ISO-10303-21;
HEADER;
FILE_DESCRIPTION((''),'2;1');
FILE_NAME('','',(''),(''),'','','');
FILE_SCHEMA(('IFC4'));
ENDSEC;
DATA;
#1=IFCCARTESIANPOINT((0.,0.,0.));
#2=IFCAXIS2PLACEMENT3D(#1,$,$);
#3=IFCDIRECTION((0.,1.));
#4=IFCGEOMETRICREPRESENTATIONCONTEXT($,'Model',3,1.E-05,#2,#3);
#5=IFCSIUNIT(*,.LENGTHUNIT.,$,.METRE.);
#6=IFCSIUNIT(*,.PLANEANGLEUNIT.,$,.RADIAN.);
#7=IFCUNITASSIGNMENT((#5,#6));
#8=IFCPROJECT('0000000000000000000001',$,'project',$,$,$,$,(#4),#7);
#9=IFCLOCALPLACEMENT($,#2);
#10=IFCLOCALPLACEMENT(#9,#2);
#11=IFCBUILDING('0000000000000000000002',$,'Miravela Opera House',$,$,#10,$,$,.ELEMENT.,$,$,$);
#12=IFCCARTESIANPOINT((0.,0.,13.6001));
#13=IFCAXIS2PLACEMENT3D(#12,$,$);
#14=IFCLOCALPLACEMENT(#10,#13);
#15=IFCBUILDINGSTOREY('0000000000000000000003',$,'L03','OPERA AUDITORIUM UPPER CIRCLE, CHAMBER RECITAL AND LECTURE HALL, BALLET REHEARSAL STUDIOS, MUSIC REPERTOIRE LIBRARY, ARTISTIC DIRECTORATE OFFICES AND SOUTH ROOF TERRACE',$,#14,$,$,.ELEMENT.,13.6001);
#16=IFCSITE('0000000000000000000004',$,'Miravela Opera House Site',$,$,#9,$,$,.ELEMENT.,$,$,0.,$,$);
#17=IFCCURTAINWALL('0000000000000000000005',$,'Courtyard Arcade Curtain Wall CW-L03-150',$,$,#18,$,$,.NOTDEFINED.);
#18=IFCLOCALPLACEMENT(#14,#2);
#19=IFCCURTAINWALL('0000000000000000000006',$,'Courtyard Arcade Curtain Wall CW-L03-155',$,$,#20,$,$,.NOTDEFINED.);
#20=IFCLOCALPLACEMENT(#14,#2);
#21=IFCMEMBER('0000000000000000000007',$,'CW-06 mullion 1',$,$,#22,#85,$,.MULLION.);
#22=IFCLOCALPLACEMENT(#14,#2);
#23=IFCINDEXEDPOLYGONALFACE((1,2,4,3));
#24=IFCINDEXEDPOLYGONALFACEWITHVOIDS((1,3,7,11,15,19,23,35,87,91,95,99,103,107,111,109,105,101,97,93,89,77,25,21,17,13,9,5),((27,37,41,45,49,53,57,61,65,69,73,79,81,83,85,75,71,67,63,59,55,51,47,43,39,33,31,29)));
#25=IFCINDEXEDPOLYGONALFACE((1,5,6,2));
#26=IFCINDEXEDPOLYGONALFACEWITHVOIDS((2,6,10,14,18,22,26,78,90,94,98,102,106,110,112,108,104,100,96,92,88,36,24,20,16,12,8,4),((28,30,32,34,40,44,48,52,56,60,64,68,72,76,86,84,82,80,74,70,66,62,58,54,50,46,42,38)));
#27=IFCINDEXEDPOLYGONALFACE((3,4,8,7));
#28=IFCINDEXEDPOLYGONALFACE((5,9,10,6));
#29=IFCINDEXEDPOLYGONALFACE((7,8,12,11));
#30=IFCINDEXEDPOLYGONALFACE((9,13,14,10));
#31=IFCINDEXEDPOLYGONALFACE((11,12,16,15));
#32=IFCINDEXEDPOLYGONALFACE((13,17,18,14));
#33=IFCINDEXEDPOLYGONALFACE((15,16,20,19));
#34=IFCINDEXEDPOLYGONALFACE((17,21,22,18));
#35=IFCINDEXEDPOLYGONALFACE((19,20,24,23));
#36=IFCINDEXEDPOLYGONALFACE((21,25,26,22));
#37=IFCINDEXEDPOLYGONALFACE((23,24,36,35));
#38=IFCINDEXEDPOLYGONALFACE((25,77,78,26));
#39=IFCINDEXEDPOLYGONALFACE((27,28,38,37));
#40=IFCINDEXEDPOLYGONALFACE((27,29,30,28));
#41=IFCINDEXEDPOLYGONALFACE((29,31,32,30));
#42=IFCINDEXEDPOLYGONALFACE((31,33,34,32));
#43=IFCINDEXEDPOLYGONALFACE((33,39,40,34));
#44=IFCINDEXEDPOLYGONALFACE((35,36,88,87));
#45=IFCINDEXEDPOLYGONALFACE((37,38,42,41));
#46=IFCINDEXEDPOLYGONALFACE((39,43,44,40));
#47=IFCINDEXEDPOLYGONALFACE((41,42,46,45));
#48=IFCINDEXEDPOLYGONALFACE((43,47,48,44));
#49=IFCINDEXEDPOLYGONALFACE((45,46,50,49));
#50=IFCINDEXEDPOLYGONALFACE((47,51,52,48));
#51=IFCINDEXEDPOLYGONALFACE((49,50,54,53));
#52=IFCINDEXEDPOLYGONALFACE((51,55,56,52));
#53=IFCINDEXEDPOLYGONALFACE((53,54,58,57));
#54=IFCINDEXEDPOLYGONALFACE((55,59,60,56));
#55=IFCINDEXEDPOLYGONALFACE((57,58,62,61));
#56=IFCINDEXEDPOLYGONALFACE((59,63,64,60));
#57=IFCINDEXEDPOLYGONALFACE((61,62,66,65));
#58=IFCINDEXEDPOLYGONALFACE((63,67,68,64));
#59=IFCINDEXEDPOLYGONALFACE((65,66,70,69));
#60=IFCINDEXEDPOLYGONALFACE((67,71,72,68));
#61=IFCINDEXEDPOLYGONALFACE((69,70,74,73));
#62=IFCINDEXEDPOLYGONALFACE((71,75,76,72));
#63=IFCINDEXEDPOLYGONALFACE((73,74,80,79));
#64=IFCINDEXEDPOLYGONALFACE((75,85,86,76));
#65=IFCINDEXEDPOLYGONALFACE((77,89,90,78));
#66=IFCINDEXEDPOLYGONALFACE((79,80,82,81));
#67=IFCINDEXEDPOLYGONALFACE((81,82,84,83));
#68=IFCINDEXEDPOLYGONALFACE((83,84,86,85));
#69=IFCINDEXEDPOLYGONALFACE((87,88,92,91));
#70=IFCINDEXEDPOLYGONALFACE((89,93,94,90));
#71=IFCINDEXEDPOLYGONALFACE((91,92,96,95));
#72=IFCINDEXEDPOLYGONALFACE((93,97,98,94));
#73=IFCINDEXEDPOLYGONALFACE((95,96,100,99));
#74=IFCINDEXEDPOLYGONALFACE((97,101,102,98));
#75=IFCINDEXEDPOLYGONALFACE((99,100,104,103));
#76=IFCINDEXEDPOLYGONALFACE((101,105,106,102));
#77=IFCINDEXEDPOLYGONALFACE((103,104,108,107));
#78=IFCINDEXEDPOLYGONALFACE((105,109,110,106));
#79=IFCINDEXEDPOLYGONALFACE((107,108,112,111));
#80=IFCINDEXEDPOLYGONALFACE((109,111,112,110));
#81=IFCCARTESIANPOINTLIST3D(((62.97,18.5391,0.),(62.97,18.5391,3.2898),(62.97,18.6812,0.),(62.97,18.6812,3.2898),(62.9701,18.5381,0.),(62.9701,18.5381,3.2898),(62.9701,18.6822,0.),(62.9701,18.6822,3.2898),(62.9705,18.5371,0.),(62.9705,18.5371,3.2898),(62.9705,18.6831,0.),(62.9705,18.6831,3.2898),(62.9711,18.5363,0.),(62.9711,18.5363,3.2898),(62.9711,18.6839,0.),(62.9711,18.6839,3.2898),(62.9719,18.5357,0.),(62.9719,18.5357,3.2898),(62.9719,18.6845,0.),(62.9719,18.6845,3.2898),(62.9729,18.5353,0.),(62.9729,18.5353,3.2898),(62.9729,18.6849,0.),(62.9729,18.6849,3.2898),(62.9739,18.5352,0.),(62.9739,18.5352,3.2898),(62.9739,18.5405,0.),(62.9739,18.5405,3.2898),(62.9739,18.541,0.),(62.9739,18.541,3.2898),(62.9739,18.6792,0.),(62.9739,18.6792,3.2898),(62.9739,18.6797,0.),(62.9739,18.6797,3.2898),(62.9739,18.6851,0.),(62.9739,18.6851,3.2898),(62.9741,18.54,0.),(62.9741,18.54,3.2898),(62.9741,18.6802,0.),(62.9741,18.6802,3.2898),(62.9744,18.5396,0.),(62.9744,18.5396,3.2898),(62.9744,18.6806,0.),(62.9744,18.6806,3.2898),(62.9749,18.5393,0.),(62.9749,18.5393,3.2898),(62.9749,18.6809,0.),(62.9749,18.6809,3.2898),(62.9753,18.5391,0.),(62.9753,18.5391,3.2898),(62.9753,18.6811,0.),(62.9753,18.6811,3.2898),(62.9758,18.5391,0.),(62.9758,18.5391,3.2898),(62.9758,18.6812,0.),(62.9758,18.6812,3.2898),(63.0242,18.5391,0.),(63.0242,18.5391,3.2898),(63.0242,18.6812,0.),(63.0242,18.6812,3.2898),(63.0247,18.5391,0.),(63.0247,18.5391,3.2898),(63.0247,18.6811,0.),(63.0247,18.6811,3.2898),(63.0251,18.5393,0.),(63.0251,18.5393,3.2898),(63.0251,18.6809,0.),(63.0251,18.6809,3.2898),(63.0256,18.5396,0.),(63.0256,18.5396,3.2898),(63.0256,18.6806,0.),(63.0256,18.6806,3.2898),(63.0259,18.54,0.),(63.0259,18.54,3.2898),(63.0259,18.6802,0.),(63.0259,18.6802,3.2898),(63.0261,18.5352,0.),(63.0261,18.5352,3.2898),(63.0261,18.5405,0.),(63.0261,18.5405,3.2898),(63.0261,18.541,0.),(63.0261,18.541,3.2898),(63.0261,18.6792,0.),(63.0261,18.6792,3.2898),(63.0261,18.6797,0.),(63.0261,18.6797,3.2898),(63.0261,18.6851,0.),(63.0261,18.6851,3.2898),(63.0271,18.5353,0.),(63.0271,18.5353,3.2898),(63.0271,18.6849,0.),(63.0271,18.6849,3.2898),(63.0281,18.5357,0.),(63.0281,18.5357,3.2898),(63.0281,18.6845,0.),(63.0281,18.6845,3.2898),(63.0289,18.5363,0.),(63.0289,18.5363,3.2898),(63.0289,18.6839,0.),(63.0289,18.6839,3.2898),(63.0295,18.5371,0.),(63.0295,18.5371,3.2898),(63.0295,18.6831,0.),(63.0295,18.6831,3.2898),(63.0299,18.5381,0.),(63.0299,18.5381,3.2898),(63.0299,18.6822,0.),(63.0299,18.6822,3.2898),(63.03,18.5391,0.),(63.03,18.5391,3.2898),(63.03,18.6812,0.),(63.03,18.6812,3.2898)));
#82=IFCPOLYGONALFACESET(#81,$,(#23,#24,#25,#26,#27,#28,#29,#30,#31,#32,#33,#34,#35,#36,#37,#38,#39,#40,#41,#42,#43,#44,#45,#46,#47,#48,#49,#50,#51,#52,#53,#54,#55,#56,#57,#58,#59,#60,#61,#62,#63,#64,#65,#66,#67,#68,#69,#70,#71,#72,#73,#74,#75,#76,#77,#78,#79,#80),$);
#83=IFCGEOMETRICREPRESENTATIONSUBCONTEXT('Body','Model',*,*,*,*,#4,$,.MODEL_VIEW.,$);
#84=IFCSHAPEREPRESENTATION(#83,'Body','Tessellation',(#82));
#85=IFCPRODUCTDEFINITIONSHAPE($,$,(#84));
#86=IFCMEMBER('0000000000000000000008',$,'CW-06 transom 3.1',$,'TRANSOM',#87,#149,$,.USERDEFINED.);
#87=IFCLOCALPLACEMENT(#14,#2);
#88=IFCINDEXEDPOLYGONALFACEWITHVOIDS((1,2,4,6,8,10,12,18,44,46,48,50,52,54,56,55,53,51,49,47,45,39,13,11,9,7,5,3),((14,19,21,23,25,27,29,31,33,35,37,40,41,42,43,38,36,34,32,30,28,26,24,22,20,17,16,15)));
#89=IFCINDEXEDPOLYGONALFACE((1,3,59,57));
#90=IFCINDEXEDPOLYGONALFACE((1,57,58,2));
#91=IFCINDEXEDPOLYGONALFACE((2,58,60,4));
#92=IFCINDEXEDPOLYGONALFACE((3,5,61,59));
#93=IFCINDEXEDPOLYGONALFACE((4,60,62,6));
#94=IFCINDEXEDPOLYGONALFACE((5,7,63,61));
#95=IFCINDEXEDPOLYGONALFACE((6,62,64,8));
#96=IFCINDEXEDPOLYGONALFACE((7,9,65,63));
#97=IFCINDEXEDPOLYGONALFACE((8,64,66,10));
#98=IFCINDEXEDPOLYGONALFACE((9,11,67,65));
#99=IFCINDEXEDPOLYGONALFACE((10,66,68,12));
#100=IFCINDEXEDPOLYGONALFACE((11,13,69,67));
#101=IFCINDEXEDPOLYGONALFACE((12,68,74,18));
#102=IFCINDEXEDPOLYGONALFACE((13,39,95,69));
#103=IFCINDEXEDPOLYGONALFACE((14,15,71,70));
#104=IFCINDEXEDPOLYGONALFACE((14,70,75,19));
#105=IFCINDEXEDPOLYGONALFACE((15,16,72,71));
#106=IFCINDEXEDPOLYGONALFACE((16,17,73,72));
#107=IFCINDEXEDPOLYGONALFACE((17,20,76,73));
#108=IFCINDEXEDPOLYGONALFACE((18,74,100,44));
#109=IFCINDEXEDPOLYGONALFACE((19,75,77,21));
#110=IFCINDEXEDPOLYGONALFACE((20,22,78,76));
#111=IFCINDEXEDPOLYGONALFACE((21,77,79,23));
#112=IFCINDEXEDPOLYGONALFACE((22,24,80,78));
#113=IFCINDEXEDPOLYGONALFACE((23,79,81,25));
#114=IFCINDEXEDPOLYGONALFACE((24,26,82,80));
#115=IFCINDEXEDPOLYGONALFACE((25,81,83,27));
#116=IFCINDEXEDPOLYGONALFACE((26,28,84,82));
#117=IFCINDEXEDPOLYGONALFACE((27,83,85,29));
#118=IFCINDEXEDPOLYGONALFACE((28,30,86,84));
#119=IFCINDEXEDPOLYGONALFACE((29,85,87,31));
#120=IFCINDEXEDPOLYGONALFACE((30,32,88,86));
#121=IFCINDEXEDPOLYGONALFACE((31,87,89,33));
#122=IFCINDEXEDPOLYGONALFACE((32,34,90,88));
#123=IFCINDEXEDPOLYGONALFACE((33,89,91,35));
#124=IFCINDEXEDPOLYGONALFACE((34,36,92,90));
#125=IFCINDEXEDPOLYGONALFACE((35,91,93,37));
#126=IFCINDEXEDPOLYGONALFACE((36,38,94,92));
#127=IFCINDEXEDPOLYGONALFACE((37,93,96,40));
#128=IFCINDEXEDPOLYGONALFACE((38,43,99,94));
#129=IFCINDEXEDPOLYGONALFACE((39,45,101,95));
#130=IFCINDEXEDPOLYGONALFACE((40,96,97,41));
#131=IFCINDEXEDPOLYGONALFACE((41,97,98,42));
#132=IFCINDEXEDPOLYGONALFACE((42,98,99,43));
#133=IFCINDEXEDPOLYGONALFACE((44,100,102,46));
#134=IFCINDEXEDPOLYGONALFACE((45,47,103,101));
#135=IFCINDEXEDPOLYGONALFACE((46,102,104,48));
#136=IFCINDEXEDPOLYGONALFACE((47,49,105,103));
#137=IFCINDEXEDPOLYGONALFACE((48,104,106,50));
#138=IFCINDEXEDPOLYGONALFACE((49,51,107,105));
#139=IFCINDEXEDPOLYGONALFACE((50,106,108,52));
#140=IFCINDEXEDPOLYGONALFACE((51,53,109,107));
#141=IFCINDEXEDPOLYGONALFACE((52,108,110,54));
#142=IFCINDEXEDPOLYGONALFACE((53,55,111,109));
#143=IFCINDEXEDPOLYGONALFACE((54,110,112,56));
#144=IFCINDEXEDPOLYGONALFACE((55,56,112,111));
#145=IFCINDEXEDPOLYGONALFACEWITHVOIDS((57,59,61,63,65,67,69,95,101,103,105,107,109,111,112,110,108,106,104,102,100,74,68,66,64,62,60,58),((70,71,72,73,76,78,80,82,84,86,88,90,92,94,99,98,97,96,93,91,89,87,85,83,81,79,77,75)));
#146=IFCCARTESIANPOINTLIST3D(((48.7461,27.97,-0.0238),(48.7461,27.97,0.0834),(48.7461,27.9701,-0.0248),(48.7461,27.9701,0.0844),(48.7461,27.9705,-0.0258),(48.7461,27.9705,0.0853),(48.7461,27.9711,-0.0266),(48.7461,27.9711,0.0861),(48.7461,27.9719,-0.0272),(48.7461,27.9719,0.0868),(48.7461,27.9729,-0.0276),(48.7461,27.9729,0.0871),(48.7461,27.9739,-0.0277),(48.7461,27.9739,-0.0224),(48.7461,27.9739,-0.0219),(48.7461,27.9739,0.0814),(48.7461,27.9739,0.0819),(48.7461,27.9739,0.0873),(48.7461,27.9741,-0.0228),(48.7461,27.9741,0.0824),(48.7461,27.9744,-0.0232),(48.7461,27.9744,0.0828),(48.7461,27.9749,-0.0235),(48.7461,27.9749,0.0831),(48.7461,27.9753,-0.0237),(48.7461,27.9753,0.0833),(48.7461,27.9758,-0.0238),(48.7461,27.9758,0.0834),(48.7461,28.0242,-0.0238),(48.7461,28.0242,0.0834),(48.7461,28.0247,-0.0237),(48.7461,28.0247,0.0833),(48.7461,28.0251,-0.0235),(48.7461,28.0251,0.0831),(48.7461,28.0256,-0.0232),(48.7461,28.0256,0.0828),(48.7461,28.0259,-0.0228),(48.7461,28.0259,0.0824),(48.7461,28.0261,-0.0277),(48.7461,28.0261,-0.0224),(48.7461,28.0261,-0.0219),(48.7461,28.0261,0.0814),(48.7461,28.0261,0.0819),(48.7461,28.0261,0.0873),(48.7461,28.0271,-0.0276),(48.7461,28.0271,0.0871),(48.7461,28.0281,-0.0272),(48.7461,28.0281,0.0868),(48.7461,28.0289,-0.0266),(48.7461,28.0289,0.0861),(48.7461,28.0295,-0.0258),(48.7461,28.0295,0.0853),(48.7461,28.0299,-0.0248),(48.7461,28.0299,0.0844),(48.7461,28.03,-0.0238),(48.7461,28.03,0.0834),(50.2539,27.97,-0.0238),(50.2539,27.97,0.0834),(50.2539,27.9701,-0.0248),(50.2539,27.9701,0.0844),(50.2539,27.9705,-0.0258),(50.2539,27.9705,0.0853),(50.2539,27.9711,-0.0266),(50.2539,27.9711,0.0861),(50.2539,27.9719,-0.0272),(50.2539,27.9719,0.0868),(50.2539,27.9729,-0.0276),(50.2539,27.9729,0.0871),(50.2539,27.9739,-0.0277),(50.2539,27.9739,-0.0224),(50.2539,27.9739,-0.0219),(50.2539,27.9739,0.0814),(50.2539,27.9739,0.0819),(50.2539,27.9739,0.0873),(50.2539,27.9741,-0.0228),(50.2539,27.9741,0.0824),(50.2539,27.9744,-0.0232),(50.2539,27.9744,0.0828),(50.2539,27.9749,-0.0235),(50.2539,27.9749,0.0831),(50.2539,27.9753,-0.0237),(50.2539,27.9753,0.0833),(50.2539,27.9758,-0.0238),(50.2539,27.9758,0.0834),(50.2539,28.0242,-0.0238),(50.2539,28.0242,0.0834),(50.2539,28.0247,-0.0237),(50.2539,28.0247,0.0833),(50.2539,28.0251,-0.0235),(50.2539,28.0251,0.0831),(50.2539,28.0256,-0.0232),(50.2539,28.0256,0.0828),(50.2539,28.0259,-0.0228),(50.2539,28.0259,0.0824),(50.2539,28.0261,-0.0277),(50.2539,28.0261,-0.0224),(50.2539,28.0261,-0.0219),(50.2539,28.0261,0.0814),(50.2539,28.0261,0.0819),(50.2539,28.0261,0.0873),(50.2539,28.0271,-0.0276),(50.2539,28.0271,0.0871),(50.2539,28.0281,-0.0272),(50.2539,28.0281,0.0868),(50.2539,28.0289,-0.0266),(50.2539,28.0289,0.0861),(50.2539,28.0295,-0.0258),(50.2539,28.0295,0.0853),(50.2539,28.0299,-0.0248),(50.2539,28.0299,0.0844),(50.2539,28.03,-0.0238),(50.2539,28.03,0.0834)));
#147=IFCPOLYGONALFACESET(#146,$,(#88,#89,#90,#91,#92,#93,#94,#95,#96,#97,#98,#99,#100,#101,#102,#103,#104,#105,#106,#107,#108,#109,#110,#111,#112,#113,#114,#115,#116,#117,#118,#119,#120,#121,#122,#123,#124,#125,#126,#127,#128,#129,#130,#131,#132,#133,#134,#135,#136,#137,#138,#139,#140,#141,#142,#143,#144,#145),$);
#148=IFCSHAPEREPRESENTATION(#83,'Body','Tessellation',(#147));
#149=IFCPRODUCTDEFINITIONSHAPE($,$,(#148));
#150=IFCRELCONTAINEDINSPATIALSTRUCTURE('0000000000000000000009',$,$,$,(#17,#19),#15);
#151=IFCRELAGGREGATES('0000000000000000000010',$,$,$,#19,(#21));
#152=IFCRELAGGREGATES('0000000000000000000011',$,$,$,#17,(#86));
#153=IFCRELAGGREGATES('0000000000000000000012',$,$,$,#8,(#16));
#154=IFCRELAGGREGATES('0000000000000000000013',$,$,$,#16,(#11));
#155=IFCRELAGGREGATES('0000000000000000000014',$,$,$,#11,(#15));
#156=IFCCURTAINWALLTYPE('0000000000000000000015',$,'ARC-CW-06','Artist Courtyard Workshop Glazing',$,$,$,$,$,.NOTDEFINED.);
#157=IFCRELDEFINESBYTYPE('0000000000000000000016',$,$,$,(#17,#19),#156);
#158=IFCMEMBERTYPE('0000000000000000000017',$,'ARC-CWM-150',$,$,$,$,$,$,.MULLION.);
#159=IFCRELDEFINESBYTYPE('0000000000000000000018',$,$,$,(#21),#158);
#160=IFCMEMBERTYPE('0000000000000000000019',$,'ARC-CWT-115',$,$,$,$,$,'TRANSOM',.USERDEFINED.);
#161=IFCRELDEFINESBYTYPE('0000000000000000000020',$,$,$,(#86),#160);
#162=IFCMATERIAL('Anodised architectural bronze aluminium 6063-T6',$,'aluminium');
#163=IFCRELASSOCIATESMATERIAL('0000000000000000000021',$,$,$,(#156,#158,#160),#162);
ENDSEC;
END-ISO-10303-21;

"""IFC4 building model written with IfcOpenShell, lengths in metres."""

from ifc_helpers import new_model, si_unit, direction, frame, origin, origin_2d, place, context, subcontext, project, spatial, hollow_rectangle, extrude, material, material_profile, profile_set, type_object, element, aggregate, save


model = new_model("IFC4")

# Units and contexts
model_context = context("Model", 3, precision=1e-05, world=origin(), true_north=direction((0.0, 1.0)))
body_context = subcontext(model_context, "Body", "Model", "MODEL_VIEW")
ifc_project = project(units=[si_unit("LENGTHUNIT", "METRE"), si_unit("PLANEANGLEUNIT", "RADIAN")], contexts=[model_context])

# Site, building, storey
site_placement = place(None, origin())
site = spatial("IfcSite", under=ifc_project, at=site_placement, Name="Miravela Opera House Site", CompositionType="ELEMENT", RefElevation=0.0)
building_placement = place(site_placement, origin())
building = spatial("IfcBuilding", under=site, at=building_placement, Name="Miravela Opera House", CompositionType="ELEMENT")
storey_placement = place(building_placement, frame((0.0, 0.0, 13.6001)))
storey = spatial("IfcBuildingStorey", under=building, at=storey_placement, Name="L03", Description="OPERA AUDITORIUM UPPER CIRCLE, CHAMBER RECITAL AND LECTURE HALL, BALLET REHEARSAL STUDIOS, MUSIC REPERTOIRE LIBRARY, ARTISTIC DIRECTORATE OFFICES AND SOUTH ROOF TERRACE", CompositionType="ELEMENT", Elevation=13.6001)

# Curtain wall
ifc_material_1 = material(Name="Anodised architectural bronze aluminium 6063-T6", Category="aluminium")
curtain_wall_type = type_object("IfcCurtainWallType", Name="ARC-CW-06", Description="Artist Courtyard Workshop Glazing", PredefinedType="NOTDEFINED", material=ifc_material_1)
curtain_wall_1_placement = place(storey_placement, origin())
curtain_wall_1 = element("IfcCurtainWall", 1, at=curtain_wall_1_placement, inside=storey, type_object=curtain_wall_type, Name="Courtyard Arcade Curtain Wall CW-L03-150", PredefinedType="NOTDEFINED")
ifc_material_profile_1 = material_profile(ifc_material_1, hollow_rectangle(XDim=0.0601, YDim=0.1499, WallThickness=0.0039, InnerFilletRadius=0.002, OuterFilletRadius=0.0039, at=origin_2d()), Name="CWM-60X150")
ifc_profile_set_1 = profile_set([ifc_material_profile_1])
member_type_1 = type_object("IfcMemberType", Name="ARC-CWM-150", PredefinedType="MULLION", material=ifc_profile_set_1)

# Curtain wall, member
curtain_wall_2_placement = place(storey_placement, origin())
curtain_wall_2 = element("IfcCurtainWall", 2, at=curtain_wall_2_placement, inside=storey, type_object=curtain_wall_type, Name="Courtyard Arcade Curtain Wall CW-L03-155", PredefinedType="NOTDEFINED")
member_1_placement = place(storey_placement, frame((63.0, 18.6101, 0.0), z_axis=(0.0, 0.0, 1.0), x_axis=(-1.0, 0.0, 0.0)))
member_1 = element("IfcMember", 3, at=member_1_placement, type_object=member_type_1, Name="CW-06 mullion 1", PredefinedType="MULLION", context=body_context, shape_type="SweptSolid", body=[
    extrude(hollow_rectangle(XDim=0.0601, YDim=0.1499, WallThickness=0.0039, InnerFilletRadius=0.002, OuterFilletRadius=0.0039, at=origin_2d()), origin(), (0.0, 0.0, 1.0), 3.2898),
])

# Member
ifc_material_profile_2 = material_profile(ifc_material_1, hollow_rectangle(XDim=0.0601, YDim=0.115, WallThickness=0.0039, InnerFilletRadius=0.002, OuterFilletRadius=0.0039, at=origin_2d()), Name="CWT-60X115")
ifc_profile_set_2 = profile_set([ifc_material_profile_2])
member_type_2 = type_object("IfcMemberType", Name="ARC-CWT-115", ElementType="TRANSOM", PredefinedType="USERDEFINED", material=ifc_profile_set_2)
member_2_placement = place(storey_placement, frame((48.7461, 28.0, 0.0298), z_axis=(1.0, 0.0, 0.0), x_axis=(0.0, 1.0, 0.0)))
member_2 = element("IfcMember", 4, at=member_2_placement, type_object=member_type_2, Name="CW-06 transom 3.1", ObjectType="TRANSOM", PredefinedType="USERDEFINED", context=body_context, shape_type="SweptSolid", body=[
    extrude(hollow_rectangle(XDim=0.0601, YDim=0.115, WallThickness=0.0039, InnerFilletRadius=0.002, OuterFilletRadius=0.0039, at=origin_2d()), origin(), (0.0, 0.0, 1.0), 1.5078),
])
aggregate(curtain_wall_2, [member_1])

aggregate(curtain_wall_1, [member_2])

save(model, "model.ifc")
